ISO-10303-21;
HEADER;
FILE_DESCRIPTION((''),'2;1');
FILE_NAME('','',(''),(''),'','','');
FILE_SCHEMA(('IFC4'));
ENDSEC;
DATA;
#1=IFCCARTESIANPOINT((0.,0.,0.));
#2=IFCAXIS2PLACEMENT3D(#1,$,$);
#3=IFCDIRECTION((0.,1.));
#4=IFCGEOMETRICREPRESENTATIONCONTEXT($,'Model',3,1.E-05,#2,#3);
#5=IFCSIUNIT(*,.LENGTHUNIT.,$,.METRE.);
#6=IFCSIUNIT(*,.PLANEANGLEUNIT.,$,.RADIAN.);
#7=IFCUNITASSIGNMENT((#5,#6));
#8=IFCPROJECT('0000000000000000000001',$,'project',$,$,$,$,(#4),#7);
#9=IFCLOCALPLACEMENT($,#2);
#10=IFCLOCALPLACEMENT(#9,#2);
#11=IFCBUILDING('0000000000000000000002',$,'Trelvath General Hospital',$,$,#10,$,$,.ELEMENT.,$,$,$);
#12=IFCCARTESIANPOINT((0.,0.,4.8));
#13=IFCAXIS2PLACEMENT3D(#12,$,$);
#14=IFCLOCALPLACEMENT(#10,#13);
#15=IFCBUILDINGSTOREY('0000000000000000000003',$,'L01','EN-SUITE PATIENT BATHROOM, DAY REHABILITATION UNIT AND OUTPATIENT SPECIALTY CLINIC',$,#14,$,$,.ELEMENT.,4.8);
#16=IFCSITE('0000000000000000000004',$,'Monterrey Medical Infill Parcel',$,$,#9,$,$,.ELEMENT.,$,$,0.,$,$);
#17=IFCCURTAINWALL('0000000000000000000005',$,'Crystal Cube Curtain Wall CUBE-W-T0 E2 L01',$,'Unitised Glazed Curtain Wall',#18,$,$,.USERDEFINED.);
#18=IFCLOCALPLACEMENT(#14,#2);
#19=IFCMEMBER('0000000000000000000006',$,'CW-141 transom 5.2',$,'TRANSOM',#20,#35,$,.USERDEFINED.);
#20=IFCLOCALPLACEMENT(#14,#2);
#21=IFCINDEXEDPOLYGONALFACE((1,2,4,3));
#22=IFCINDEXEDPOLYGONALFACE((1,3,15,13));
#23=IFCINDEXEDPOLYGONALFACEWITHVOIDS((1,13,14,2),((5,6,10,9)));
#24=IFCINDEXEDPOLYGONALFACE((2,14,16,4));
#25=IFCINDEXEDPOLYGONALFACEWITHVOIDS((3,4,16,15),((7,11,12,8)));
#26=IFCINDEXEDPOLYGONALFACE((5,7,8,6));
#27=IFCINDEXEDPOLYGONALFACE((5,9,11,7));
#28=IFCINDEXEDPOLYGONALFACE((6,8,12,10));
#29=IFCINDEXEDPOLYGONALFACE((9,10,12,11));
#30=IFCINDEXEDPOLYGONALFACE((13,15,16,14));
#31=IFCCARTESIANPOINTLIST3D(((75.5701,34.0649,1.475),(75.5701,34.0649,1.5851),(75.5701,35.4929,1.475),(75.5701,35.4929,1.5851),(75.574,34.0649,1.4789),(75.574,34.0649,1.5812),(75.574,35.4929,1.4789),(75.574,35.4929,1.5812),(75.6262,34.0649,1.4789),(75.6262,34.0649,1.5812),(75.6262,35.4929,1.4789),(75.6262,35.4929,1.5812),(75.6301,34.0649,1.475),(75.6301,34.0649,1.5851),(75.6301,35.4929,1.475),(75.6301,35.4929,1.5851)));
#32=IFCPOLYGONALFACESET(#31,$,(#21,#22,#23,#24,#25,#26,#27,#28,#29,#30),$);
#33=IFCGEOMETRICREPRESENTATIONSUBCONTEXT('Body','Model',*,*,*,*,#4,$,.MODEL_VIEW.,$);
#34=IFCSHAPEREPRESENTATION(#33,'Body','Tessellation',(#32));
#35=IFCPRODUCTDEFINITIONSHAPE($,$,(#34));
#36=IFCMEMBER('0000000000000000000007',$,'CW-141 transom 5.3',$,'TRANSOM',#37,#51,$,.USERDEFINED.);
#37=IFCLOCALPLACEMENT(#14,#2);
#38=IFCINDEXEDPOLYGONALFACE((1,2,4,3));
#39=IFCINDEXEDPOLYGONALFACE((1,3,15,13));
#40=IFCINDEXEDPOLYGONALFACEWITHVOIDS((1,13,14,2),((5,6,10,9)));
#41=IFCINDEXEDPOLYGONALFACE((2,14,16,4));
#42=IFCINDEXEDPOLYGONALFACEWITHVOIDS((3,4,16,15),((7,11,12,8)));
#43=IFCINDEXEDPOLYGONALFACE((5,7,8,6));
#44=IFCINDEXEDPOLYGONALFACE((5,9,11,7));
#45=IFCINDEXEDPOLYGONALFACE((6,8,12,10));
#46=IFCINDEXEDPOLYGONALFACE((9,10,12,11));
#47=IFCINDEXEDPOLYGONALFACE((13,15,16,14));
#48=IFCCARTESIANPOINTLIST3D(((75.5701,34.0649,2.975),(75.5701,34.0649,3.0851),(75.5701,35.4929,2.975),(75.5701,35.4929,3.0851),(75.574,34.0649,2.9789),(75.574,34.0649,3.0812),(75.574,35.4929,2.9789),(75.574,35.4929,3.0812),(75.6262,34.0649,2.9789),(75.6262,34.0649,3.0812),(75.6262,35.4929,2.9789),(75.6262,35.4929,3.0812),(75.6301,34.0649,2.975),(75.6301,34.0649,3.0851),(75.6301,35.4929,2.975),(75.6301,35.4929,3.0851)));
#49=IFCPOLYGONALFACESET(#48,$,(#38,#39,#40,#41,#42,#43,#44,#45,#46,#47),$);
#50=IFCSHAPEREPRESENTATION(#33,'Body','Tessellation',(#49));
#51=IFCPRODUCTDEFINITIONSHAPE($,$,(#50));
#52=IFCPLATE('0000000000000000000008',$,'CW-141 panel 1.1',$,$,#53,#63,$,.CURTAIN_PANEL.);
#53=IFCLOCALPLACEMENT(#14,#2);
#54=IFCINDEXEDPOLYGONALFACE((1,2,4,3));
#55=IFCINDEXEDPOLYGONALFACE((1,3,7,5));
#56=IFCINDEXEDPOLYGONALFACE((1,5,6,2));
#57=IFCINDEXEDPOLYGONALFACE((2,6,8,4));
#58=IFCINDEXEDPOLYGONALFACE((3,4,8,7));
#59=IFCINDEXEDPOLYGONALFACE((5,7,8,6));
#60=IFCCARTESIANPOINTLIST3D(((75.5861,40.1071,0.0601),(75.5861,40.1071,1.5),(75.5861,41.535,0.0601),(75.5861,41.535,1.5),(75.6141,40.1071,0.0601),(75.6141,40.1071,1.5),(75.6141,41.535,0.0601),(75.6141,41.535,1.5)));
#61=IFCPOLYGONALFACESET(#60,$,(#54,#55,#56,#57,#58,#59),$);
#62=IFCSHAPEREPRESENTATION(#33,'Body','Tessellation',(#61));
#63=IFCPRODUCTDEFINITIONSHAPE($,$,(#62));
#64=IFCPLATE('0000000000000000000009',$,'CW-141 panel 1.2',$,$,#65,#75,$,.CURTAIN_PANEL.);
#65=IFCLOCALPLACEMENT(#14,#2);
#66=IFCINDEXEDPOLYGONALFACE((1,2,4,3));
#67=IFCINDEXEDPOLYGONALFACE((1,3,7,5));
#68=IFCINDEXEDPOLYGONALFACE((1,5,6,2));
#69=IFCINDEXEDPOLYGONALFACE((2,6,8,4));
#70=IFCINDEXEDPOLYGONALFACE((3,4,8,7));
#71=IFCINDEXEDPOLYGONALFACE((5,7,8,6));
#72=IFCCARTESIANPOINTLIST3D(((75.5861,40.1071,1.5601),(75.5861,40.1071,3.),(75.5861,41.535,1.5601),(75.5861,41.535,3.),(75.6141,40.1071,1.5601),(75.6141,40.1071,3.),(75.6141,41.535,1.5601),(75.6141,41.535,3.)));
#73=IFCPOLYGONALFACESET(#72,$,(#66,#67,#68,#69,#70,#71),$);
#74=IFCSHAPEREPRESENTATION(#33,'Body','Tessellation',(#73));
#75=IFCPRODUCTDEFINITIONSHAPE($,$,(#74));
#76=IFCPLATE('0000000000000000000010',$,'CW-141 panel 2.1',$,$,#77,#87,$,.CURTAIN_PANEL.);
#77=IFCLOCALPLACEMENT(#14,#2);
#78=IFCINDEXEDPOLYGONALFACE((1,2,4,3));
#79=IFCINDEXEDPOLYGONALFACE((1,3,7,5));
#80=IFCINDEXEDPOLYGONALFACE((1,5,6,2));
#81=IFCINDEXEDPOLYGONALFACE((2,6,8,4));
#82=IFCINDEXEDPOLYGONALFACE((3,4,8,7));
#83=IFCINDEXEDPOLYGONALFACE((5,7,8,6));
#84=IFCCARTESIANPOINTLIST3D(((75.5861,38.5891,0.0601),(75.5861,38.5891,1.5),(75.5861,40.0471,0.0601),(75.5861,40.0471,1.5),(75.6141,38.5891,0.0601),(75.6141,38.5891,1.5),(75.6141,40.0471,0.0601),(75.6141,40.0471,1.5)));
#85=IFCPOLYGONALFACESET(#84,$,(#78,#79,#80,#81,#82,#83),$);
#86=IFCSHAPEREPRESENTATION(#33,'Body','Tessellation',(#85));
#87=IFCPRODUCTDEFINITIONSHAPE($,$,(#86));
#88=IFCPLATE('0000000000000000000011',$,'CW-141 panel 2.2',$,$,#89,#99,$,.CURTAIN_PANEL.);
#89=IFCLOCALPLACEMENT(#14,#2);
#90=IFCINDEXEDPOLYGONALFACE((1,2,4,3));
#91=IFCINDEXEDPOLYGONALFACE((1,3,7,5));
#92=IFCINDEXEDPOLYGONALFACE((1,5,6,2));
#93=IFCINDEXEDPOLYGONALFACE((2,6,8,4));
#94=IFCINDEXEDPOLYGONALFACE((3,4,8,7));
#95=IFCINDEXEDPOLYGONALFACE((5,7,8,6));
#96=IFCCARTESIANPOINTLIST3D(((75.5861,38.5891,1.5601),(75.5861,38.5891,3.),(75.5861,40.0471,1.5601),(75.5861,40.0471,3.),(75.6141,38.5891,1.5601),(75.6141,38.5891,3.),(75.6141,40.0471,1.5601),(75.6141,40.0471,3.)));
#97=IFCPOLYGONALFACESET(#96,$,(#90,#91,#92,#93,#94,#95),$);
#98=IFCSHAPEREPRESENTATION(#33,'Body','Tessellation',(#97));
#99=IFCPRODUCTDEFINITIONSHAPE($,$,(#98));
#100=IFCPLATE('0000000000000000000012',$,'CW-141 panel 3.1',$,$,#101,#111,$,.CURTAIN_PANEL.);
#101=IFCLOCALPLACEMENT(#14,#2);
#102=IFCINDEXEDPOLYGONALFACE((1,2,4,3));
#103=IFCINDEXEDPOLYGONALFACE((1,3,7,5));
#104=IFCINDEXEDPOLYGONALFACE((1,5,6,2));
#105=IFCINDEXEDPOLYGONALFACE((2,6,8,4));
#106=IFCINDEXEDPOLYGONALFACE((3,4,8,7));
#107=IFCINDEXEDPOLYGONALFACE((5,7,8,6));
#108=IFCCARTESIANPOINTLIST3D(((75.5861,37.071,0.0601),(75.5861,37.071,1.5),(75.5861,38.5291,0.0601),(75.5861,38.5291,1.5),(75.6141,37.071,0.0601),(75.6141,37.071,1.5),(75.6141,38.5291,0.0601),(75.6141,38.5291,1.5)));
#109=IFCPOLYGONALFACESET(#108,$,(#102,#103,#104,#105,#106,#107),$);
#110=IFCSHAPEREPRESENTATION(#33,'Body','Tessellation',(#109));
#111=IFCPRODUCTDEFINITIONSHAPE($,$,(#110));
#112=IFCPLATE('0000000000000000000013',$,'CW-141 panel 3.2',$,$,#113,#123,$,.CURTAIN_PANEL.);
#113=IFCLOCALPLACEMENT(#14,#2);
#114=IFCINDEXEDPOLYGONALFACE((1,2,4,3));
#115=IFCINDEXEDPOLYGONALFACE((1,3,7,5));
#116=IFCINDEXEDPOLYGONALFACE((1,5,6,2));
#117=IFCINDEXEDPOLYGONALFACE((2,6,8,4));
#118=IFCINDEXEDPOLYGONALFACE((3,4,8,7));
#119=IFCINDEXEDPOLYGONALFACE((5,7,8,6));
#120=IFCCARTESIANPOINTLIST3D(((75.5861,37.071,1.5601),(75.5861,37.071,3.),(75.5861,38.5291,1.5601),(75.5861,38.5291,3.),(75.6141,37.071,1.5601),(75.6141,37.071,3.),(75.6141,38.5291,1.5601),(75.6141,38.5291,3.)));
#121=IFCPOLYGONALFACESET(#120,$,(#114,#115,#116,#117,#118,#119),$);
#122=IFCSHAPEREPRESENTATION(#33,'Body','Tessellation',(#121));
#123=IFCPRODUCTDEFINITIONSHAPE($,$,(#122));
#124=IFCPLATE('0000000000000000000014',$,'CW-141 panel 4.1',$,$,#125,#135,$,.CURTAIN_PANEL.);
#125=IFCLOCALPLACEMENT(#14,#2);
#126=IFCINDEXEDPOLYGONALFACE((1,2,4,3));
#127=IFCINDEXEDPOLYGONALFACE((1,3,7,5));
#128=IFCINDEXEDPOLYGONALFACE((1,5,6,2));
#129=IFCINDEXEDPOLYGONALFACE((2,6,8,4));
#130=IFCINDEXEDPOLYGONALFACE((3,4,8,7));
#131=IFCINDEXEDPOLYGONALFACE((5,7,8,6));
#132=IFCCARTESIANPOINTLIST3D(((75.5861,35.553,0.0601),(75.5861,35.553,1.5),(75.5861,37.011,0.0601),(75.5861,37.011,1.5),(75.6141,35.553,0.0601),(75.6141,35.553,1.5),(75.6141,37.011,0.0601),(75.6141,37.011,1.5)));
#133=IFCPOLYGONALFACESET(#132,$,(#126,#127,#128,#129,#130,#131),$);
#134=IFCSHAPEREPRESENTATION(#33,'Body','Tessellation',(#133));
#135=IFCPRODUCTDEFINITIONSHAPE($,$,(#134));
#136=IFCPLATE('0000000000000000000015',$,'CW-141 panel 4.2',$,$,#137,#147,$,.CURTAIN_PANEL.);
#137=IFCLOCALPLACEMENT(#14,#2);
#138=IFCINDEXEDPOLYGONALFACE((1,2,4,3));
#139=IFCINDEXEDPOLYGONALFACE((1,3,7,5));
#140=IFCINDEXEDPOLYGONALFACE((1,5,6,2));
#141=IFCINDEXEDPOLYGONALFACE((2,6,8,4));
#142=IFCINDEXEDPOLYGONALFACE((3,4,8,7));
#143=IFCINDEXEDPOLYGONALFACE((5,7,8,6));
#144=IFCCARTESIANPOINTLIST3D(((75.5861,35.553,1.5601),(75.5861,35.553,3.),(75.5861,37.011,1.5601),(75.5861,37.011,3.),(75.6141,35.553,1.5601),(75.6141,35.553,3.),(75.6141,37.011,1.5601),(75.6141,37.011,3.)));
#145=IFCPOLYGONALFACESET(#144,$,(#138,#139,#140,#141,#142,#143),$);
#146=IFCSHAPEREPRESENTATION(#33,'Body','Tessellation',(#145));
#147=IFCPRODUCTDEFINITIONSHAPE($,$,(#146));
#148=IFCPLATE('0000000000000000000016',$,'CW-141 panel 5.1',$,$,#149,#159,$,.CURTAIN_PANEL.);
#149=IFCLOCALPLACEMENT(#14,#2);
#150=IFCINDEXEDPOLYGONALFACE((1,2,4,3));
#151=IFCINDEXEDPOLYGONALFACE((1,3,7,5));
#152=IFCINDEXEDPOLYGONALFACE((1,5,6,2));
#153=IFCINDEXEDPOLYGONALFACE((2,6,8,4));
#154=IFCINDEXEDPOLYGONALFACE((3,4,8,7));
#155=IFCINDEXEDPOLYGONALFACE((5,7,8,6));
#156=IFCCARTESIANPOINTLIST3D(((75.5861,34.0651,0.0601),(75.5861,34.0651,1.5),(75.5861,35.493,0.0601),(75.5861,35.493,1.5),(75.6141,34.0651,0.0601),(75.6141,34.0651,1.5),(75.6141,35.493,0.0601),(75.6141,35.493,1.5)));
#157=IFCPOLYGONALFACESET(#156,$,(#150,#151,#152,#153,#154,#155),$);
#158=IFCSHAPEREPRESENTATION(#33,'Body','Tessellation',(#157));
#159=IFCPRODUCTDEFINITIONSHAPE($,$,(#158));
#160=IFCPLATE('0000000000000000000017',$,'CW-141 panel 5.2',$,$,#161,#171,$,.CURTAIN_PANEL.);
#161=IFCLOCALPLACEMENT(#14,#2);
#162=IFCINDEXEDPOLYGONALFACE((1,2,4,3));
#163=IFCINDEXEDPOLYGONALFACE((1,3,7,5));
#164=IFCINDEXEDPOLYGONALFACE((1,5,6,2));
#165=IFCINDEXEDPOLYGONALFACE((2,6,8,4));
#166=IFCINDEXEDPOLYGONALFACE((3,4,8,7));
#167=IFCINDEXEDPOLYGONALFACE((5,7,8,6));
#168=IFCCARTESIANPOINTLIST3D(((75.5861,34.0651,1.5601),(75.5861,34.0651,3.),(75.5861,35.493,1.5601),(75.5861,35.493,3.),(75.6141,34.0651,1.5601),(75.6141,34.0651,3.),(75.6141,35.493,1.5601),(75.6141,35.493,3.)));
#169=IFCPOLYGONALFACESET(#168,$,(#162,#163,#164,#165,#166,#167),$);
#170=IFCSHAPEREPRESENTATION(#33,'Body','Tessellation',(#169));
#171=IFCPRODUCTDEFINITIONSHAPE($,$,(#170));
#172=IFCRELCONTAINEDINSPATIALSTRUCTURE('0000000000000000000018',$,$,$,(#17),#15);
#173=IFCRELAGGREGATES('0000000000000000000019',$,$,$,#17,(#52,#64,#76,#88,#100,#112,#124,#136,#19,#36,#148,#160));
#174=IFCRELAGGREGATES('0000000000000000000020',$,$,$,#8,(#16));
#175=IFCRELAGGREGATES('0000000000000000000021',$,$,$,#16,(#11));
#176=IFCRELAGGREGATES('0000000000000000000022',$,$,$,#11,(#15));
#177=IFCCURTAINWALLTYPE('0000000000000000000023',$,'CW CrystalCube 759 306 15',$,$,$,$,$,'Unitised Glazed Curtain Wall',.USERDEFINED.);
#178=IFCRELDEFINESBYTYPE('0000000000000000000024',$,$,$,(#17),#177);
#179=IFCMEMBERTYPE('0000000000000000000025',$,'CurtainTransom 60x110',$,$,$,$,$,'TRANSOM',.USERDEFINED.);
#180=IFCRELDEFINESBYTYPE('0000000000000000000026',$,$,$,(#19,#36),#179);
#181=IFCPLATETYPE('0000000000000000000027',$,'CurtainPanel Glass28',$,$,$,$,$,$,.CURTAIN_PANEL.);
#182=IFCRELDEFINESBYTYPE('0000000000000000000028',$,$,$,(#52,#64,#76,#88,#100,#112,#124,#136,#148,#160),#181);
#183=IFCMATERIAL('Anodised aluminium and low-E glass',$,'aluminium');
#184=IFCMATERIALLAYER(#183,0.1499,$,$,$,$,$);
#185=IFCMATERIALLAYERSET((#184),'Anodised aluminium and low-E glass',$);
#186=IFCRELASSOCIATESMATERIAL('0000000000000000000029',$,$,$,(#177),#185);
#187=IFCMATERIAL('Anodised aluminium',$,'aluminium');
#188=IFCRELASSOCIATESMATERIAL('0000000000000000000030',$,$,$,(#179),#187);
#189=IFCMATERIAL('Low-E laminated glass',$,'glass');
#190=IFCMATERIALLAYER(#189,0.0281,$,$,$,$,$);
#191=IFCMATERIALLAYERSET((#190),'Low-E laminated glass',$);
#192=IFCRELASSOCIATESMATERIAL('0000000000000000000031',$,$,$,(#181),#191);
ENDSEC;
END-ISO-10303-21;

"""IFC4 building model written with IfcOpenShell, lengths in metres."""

from ifc_helpers import new_model, si_unit, direction, frame, origin, origin_2d, place, context, subcontext, project, spatial, rectangle, hollow_rectangle, extrude, material, layer, layer_set, material_profile, profile_set, type_object, element, aggregate, save


model = new_model("IFC4")

# Units and contexts
model_context = context("Model", 3, precision=1e-05, world=origin(), true_north=direction((0.0, 1.0)))
body_context = subcontext(model_context, "Body", "Model", "MODEL_VIEW")
ifc_project = project(units=[si_unit("LENGTHUNIT", "METRE"), si_unit("PLANEANGLEUNIT", "RADIAN")], contexts=[model_context])

# Site, building, storey
site_placement = place(None, origin())
site = spatial("IfcSite", under=ifc_project, at=site_placement, Name="Monterrey Medical Infill Parcel", CompositionType="ELEMENT", RefElevation=0.0)
building_placement = place(site_placement, origin())
building = spatial("IfcBuilding", under=site, at=building_placement, Name="Trelvath General Hospital", CompositionType="ELEMENT")
storey_placement = place(building_placement, frame((0.0, 0.0, 4.8)))
storey = spatial("IfcBuildingStorey", under=building, at=storey_placement, Name="L01", Description="EN-SUITE PATIENT BATHROOM, DAY REHABILITATION UNIT AND OUTPATIENT SPECIALTY CLINIC", CompositionType="ELEMENT", Elevation=4.8)

# Curtain wall, members, plates
ifc_material_1 = material(Name="Anodised aluminium and low-E glass", Category="aluminium")
ifc_layer_1 = layer(ifc_material_1, 0.1499)
ifc_layer_set_1 = layer_set([ifc_layer_1], Name="Anodised aluminium and low-E glass")
curtain_wall_type = type_object("IfcCurtainWallType", Name="CW CrystalCube 759 306 15", ElementType="Unitised Glazed Curtain Wall", PredefinedType="USERDEFINED", material=ifc_layer_set_1)
curtain_wall_placement = place(storey_placement, origin())
curtain_wall = element("IfcCurtainWall", 1, at=curtain_wall_placement, inside=storey, type_object=curtain_wall_type, Name="Crystal Cube Curtain Wall CUBE-W-T0 E2 L01", ObjectType="Unitised Glazed Curtain Wall", PredefinedType="USERDEFINED")
ifc_material_2 = material(Name="Anodised aluminium", Category="aluminium")
ifc_material_profile_1 = material_profile(ifc_material_2, hollow_rectangle(XDim=0.0601, YDim=0.1101, WallThickness=0.0039, at=origin_2d()), Name="RHS60x110x4")
ifc_profile_set_1 = profile_set([ifc_material_profile_1], Name="Anodised aluminium")
member_type_1 = type_object("IfcMemberType", Name="CurtainTransom 60x110", ElementType="TRANSOM", PredefinedType="USERDEFINED", material=ifc_profile_set_1)
member_1_placement = place(storey_placement, frame((75.6001, 35.4929, 1.53), z_axis=(0.0, -1.0, 0.0), x_axis=(1.0, 0.0, 0.0)))
member_1 = element("IfcMember", 2, at=member_1_placement, type_object=member_type_1, Name="CW-141 transom 5.2", ObjectType="TRANSOM", PredefinedType="USERDEFINED", context=body_context, shape_type="SweptSolid", body=[
    extrude(hollow_rectangle(XDim=0.0601, YDim=0.1101, WallThickness=0.0039, at=origin_2d()), origin(), (0.0, 0.0, 1.0), 1.428),
])
member_2_placement = place(storey_placement, frame((75.6001, 35.4929, 3.03), z_axis=(0.0, -1.0, 0.0), x_axis=(1.0, 0.0, 0.0)))
member_2 = element("IfcMember", 3, at=member_2_placement, type_object=member_type_1, Name="CW-141 transom 5.3", ObjectType="TRANSOM", PredefinedType="USERDEFINED", context=body_context, shape_type="SweptSolid", body=[
    extrude(hollow_rectangle(XDim=0.0601, YDim=0.1101, WallThickness=0.0039, at=origin_2d()), origin(), (0.0, 0.0, 1.0), 1.428),
])
ifc_material_3 = material(Name="Low-E laminated glass", Category="glass")
ifc_layer_2 = layer(ifc_material_3, 0.0281)
ifc_layer_set_2 = layer_set([ifc_layer_2], Name="Low-E laminated glass")
plate_type = type_object("IfcPlateType", Name="CurtainPanel Glass28", PredefinedType="CURTAIN_PANEL", material=ifc_layer_set_2)
plate_1_placement = place(storey_placement, frame((75.6001, 40.821, 0.0601), z_axis=(0.0, 0.0, 1.0), x_axis=(0.0, -1.0, 0.0)))
plate_1 = element("IfcPlate", 4, at=plate_1_placement, type_object=plate_type, Name="CW-141 panel 1.1", PredefinedType="CURTAIN_PANEL", context=body_context, shape_type="SweptSolid", body=[
    extrude(rectangle(XDim=1.428, YDim=0.0281, at=origin_2d()), origin(), (0.0, 0.0, 1.0), 1.4399),
])
plate_2_placement = place(storey_placement, frame((75.6001, 40.821, 1.5601), z_axis=(0.0, 0.0, 1.0), x_axis=(0.0, -1.0, 0.0)))
plate_2 = element("IfcPlate", 5, at=plate_2_placement, type_object=plate_type, Name="CW-141 panel 1.2", PredefinedType="CURTAIN_PANEL", context=body_context, shape_type="SweptSolid", body=[
    extrude(rectangle(XDim=1.428, YDim=0.0281, at=origin_2d()), origin(), (0.0, 0.0, 1.0), 1.4399),
])
plate_3_placement = place(storey_placement, frame((75.6001, 39.3181, 0.0601), z_axis=(0.0, 0.0, 1.0), x_axis=(0.0, -1.0, 0.0)))
plate_3 = element("IfcPlate", 6, at=plate_3_placement, type_object=plate_type, Name="CW-141 panel 2.1", PredefinedType="CURTAIN_PANEL", context=body_context, shape_type="SweptSolid", body=[
    extrude(rectangle(XDim=1.458, YDim=0.0281, at=origin_2d()), origin(), (0.0, 0.0, 1.0), 1.4399),
])
plate_4_placement = place(storey_placement, frame((75.6001, 39.3181, 1.5601), z_axis=(0.0, 0.0, 1.0), x_axis=(0.0, -1.0, 0.0)))
plate_4 = element("IfcPlate", 7, at=plate_4_placement, type_object=plate_type, Name="CW-141 panel 2.2", PredefinedType="CURTAIN_PANEL", context=body_context, shape_type="SweptSolid", body=[
    extrude(rectangle(XDim=1.458, YDim=0.0281, at=origin_2d()), origin(), (0.0, 0.0, 1.0), 1.4399),
])
plate_5_placement = place(storey_placement, frame((75.6001, 37.8, 0.0601), z_axis=(0.0, 0.0, 1.0), x_axis=(0.0, -1.0, 0.0)))
plate_5 = element("IfcPlate", 8, at=plate_5_placement, type_object=plate_type, Name="CW-141 panel 3.1", PredefinedType="CURTAIN_PANEL", context=body_context, shape_type="SweptSolid", body=[
    extrude(rectangle(XDim=1.458, YDim=0.0281, at=origin_2d()), origin(), (0.0, 0.0, 1.0), 1.4399),
])
plate_6_placement = place(storey_placement, frame((75.6001, 37.8, 1.5601), z_axis=(0.0, 0.0, 1.0), x_axis=(0.0, -1.0, 0.0)))
plate_6 = element("IfcPlate", 9, at=plate_6_placement, type_object=plate_type, Name="CW-141 panel 3.2", PredefinedType="CURTAIN_PANEL", context=body_context, shape_type="SweptSolid", body=[
    extrude(rectangle(XDim=1.458, YDim=0.0281, at=origin_2d()), origin(), (0.0, 0.0, 1.0), 1.4399),
])
plate_7_placement = place(storey_placement, frame((75.6001, 36.282, 0.0601), z_axis=(0.0, 0.0, 1.0), x_axis=(0.0, -1.0, 0.0)))
plate_7 = element("IfcPlate", 10, at=plate_7_placement, type_object=plate_type, Name="CW-141 panel 4.1", PredefinedType="CURTAIN_PANEL", context=body_context, shape_type="SweptSolid", body=[
    extrude(rectangle(XDim=1.458, YDim=0.0281, at=origin_2d()), origin(), (0.0, 0.0, 1.0), 1.4399),
])
plate_8_placement = place(storey_placement, frame((75.6001, 36.282, 1.5601), z_axis=(0.0, 0.0, 1.0), x_axis=(0.0, -1.0, 0.0)))
plate_8 = element("IfcPlate", 11, at=plate_8_placement, type_object=plate_type, Name="CW-141 panel 4.2", PredefinedType="CURTAIN_PANEL", context=body_context, shape_type="SweptSolid", body=[
    extrude(rectangle(XDim=1.458, YDim=0.0281, at=origin_2d()), origin(), (0.0, 0.0, 1.0), 1.4399),
])
plate_9_placement = place(storey_placement, frame((75.6001, 34.7791, 0.0601), z_axis=(0.0, 0.0, 1.0), x_axis=(0.0, -1.0, 0.0)))
plate_9 = element("IfcPlate", 12, at=plate_9_placement, type_object=plate_type, Name="CW-141 panel 5.1", PredefinedType="CURTAIN_PANEL", context=body_context, shape_type="SweptSolid", body=[
    extrude(rectangle(XDim=1.428, YDim=0.0281, at=origin_2d()), origin(), (0.0, 0.0, 1.0), 1.4399),
])
plate_10_placement = place(storey_placement, frame((75.6001, 34.7791, 1.5601), z_axis=(0.0, 0.0, 1.0), x_axis=(0.0, -1.0, 0.0)))
plate_10 = element("IfcPlate", 13, at=plate_10_placement, type_object=plate_type, Name="CW-141 panel 5.2", PredefinedType="CURTAIN_PANEL", context=body_context, shape_type="SweptSolid", body=[
    extrude(rectangle(XDim=1.428, YDim=0.0281, at=origin_2d()), origin(), (0.0, 0.0, 1.0), 1.4399),
])
aggregate(curtain_wall, [plate_1, plate_2, plate_3, plate_4, plate_5, plate_6, plate_7, plate_8, member_1, member_2, plate_9, plate_10])

save(model, "model.ifc")
